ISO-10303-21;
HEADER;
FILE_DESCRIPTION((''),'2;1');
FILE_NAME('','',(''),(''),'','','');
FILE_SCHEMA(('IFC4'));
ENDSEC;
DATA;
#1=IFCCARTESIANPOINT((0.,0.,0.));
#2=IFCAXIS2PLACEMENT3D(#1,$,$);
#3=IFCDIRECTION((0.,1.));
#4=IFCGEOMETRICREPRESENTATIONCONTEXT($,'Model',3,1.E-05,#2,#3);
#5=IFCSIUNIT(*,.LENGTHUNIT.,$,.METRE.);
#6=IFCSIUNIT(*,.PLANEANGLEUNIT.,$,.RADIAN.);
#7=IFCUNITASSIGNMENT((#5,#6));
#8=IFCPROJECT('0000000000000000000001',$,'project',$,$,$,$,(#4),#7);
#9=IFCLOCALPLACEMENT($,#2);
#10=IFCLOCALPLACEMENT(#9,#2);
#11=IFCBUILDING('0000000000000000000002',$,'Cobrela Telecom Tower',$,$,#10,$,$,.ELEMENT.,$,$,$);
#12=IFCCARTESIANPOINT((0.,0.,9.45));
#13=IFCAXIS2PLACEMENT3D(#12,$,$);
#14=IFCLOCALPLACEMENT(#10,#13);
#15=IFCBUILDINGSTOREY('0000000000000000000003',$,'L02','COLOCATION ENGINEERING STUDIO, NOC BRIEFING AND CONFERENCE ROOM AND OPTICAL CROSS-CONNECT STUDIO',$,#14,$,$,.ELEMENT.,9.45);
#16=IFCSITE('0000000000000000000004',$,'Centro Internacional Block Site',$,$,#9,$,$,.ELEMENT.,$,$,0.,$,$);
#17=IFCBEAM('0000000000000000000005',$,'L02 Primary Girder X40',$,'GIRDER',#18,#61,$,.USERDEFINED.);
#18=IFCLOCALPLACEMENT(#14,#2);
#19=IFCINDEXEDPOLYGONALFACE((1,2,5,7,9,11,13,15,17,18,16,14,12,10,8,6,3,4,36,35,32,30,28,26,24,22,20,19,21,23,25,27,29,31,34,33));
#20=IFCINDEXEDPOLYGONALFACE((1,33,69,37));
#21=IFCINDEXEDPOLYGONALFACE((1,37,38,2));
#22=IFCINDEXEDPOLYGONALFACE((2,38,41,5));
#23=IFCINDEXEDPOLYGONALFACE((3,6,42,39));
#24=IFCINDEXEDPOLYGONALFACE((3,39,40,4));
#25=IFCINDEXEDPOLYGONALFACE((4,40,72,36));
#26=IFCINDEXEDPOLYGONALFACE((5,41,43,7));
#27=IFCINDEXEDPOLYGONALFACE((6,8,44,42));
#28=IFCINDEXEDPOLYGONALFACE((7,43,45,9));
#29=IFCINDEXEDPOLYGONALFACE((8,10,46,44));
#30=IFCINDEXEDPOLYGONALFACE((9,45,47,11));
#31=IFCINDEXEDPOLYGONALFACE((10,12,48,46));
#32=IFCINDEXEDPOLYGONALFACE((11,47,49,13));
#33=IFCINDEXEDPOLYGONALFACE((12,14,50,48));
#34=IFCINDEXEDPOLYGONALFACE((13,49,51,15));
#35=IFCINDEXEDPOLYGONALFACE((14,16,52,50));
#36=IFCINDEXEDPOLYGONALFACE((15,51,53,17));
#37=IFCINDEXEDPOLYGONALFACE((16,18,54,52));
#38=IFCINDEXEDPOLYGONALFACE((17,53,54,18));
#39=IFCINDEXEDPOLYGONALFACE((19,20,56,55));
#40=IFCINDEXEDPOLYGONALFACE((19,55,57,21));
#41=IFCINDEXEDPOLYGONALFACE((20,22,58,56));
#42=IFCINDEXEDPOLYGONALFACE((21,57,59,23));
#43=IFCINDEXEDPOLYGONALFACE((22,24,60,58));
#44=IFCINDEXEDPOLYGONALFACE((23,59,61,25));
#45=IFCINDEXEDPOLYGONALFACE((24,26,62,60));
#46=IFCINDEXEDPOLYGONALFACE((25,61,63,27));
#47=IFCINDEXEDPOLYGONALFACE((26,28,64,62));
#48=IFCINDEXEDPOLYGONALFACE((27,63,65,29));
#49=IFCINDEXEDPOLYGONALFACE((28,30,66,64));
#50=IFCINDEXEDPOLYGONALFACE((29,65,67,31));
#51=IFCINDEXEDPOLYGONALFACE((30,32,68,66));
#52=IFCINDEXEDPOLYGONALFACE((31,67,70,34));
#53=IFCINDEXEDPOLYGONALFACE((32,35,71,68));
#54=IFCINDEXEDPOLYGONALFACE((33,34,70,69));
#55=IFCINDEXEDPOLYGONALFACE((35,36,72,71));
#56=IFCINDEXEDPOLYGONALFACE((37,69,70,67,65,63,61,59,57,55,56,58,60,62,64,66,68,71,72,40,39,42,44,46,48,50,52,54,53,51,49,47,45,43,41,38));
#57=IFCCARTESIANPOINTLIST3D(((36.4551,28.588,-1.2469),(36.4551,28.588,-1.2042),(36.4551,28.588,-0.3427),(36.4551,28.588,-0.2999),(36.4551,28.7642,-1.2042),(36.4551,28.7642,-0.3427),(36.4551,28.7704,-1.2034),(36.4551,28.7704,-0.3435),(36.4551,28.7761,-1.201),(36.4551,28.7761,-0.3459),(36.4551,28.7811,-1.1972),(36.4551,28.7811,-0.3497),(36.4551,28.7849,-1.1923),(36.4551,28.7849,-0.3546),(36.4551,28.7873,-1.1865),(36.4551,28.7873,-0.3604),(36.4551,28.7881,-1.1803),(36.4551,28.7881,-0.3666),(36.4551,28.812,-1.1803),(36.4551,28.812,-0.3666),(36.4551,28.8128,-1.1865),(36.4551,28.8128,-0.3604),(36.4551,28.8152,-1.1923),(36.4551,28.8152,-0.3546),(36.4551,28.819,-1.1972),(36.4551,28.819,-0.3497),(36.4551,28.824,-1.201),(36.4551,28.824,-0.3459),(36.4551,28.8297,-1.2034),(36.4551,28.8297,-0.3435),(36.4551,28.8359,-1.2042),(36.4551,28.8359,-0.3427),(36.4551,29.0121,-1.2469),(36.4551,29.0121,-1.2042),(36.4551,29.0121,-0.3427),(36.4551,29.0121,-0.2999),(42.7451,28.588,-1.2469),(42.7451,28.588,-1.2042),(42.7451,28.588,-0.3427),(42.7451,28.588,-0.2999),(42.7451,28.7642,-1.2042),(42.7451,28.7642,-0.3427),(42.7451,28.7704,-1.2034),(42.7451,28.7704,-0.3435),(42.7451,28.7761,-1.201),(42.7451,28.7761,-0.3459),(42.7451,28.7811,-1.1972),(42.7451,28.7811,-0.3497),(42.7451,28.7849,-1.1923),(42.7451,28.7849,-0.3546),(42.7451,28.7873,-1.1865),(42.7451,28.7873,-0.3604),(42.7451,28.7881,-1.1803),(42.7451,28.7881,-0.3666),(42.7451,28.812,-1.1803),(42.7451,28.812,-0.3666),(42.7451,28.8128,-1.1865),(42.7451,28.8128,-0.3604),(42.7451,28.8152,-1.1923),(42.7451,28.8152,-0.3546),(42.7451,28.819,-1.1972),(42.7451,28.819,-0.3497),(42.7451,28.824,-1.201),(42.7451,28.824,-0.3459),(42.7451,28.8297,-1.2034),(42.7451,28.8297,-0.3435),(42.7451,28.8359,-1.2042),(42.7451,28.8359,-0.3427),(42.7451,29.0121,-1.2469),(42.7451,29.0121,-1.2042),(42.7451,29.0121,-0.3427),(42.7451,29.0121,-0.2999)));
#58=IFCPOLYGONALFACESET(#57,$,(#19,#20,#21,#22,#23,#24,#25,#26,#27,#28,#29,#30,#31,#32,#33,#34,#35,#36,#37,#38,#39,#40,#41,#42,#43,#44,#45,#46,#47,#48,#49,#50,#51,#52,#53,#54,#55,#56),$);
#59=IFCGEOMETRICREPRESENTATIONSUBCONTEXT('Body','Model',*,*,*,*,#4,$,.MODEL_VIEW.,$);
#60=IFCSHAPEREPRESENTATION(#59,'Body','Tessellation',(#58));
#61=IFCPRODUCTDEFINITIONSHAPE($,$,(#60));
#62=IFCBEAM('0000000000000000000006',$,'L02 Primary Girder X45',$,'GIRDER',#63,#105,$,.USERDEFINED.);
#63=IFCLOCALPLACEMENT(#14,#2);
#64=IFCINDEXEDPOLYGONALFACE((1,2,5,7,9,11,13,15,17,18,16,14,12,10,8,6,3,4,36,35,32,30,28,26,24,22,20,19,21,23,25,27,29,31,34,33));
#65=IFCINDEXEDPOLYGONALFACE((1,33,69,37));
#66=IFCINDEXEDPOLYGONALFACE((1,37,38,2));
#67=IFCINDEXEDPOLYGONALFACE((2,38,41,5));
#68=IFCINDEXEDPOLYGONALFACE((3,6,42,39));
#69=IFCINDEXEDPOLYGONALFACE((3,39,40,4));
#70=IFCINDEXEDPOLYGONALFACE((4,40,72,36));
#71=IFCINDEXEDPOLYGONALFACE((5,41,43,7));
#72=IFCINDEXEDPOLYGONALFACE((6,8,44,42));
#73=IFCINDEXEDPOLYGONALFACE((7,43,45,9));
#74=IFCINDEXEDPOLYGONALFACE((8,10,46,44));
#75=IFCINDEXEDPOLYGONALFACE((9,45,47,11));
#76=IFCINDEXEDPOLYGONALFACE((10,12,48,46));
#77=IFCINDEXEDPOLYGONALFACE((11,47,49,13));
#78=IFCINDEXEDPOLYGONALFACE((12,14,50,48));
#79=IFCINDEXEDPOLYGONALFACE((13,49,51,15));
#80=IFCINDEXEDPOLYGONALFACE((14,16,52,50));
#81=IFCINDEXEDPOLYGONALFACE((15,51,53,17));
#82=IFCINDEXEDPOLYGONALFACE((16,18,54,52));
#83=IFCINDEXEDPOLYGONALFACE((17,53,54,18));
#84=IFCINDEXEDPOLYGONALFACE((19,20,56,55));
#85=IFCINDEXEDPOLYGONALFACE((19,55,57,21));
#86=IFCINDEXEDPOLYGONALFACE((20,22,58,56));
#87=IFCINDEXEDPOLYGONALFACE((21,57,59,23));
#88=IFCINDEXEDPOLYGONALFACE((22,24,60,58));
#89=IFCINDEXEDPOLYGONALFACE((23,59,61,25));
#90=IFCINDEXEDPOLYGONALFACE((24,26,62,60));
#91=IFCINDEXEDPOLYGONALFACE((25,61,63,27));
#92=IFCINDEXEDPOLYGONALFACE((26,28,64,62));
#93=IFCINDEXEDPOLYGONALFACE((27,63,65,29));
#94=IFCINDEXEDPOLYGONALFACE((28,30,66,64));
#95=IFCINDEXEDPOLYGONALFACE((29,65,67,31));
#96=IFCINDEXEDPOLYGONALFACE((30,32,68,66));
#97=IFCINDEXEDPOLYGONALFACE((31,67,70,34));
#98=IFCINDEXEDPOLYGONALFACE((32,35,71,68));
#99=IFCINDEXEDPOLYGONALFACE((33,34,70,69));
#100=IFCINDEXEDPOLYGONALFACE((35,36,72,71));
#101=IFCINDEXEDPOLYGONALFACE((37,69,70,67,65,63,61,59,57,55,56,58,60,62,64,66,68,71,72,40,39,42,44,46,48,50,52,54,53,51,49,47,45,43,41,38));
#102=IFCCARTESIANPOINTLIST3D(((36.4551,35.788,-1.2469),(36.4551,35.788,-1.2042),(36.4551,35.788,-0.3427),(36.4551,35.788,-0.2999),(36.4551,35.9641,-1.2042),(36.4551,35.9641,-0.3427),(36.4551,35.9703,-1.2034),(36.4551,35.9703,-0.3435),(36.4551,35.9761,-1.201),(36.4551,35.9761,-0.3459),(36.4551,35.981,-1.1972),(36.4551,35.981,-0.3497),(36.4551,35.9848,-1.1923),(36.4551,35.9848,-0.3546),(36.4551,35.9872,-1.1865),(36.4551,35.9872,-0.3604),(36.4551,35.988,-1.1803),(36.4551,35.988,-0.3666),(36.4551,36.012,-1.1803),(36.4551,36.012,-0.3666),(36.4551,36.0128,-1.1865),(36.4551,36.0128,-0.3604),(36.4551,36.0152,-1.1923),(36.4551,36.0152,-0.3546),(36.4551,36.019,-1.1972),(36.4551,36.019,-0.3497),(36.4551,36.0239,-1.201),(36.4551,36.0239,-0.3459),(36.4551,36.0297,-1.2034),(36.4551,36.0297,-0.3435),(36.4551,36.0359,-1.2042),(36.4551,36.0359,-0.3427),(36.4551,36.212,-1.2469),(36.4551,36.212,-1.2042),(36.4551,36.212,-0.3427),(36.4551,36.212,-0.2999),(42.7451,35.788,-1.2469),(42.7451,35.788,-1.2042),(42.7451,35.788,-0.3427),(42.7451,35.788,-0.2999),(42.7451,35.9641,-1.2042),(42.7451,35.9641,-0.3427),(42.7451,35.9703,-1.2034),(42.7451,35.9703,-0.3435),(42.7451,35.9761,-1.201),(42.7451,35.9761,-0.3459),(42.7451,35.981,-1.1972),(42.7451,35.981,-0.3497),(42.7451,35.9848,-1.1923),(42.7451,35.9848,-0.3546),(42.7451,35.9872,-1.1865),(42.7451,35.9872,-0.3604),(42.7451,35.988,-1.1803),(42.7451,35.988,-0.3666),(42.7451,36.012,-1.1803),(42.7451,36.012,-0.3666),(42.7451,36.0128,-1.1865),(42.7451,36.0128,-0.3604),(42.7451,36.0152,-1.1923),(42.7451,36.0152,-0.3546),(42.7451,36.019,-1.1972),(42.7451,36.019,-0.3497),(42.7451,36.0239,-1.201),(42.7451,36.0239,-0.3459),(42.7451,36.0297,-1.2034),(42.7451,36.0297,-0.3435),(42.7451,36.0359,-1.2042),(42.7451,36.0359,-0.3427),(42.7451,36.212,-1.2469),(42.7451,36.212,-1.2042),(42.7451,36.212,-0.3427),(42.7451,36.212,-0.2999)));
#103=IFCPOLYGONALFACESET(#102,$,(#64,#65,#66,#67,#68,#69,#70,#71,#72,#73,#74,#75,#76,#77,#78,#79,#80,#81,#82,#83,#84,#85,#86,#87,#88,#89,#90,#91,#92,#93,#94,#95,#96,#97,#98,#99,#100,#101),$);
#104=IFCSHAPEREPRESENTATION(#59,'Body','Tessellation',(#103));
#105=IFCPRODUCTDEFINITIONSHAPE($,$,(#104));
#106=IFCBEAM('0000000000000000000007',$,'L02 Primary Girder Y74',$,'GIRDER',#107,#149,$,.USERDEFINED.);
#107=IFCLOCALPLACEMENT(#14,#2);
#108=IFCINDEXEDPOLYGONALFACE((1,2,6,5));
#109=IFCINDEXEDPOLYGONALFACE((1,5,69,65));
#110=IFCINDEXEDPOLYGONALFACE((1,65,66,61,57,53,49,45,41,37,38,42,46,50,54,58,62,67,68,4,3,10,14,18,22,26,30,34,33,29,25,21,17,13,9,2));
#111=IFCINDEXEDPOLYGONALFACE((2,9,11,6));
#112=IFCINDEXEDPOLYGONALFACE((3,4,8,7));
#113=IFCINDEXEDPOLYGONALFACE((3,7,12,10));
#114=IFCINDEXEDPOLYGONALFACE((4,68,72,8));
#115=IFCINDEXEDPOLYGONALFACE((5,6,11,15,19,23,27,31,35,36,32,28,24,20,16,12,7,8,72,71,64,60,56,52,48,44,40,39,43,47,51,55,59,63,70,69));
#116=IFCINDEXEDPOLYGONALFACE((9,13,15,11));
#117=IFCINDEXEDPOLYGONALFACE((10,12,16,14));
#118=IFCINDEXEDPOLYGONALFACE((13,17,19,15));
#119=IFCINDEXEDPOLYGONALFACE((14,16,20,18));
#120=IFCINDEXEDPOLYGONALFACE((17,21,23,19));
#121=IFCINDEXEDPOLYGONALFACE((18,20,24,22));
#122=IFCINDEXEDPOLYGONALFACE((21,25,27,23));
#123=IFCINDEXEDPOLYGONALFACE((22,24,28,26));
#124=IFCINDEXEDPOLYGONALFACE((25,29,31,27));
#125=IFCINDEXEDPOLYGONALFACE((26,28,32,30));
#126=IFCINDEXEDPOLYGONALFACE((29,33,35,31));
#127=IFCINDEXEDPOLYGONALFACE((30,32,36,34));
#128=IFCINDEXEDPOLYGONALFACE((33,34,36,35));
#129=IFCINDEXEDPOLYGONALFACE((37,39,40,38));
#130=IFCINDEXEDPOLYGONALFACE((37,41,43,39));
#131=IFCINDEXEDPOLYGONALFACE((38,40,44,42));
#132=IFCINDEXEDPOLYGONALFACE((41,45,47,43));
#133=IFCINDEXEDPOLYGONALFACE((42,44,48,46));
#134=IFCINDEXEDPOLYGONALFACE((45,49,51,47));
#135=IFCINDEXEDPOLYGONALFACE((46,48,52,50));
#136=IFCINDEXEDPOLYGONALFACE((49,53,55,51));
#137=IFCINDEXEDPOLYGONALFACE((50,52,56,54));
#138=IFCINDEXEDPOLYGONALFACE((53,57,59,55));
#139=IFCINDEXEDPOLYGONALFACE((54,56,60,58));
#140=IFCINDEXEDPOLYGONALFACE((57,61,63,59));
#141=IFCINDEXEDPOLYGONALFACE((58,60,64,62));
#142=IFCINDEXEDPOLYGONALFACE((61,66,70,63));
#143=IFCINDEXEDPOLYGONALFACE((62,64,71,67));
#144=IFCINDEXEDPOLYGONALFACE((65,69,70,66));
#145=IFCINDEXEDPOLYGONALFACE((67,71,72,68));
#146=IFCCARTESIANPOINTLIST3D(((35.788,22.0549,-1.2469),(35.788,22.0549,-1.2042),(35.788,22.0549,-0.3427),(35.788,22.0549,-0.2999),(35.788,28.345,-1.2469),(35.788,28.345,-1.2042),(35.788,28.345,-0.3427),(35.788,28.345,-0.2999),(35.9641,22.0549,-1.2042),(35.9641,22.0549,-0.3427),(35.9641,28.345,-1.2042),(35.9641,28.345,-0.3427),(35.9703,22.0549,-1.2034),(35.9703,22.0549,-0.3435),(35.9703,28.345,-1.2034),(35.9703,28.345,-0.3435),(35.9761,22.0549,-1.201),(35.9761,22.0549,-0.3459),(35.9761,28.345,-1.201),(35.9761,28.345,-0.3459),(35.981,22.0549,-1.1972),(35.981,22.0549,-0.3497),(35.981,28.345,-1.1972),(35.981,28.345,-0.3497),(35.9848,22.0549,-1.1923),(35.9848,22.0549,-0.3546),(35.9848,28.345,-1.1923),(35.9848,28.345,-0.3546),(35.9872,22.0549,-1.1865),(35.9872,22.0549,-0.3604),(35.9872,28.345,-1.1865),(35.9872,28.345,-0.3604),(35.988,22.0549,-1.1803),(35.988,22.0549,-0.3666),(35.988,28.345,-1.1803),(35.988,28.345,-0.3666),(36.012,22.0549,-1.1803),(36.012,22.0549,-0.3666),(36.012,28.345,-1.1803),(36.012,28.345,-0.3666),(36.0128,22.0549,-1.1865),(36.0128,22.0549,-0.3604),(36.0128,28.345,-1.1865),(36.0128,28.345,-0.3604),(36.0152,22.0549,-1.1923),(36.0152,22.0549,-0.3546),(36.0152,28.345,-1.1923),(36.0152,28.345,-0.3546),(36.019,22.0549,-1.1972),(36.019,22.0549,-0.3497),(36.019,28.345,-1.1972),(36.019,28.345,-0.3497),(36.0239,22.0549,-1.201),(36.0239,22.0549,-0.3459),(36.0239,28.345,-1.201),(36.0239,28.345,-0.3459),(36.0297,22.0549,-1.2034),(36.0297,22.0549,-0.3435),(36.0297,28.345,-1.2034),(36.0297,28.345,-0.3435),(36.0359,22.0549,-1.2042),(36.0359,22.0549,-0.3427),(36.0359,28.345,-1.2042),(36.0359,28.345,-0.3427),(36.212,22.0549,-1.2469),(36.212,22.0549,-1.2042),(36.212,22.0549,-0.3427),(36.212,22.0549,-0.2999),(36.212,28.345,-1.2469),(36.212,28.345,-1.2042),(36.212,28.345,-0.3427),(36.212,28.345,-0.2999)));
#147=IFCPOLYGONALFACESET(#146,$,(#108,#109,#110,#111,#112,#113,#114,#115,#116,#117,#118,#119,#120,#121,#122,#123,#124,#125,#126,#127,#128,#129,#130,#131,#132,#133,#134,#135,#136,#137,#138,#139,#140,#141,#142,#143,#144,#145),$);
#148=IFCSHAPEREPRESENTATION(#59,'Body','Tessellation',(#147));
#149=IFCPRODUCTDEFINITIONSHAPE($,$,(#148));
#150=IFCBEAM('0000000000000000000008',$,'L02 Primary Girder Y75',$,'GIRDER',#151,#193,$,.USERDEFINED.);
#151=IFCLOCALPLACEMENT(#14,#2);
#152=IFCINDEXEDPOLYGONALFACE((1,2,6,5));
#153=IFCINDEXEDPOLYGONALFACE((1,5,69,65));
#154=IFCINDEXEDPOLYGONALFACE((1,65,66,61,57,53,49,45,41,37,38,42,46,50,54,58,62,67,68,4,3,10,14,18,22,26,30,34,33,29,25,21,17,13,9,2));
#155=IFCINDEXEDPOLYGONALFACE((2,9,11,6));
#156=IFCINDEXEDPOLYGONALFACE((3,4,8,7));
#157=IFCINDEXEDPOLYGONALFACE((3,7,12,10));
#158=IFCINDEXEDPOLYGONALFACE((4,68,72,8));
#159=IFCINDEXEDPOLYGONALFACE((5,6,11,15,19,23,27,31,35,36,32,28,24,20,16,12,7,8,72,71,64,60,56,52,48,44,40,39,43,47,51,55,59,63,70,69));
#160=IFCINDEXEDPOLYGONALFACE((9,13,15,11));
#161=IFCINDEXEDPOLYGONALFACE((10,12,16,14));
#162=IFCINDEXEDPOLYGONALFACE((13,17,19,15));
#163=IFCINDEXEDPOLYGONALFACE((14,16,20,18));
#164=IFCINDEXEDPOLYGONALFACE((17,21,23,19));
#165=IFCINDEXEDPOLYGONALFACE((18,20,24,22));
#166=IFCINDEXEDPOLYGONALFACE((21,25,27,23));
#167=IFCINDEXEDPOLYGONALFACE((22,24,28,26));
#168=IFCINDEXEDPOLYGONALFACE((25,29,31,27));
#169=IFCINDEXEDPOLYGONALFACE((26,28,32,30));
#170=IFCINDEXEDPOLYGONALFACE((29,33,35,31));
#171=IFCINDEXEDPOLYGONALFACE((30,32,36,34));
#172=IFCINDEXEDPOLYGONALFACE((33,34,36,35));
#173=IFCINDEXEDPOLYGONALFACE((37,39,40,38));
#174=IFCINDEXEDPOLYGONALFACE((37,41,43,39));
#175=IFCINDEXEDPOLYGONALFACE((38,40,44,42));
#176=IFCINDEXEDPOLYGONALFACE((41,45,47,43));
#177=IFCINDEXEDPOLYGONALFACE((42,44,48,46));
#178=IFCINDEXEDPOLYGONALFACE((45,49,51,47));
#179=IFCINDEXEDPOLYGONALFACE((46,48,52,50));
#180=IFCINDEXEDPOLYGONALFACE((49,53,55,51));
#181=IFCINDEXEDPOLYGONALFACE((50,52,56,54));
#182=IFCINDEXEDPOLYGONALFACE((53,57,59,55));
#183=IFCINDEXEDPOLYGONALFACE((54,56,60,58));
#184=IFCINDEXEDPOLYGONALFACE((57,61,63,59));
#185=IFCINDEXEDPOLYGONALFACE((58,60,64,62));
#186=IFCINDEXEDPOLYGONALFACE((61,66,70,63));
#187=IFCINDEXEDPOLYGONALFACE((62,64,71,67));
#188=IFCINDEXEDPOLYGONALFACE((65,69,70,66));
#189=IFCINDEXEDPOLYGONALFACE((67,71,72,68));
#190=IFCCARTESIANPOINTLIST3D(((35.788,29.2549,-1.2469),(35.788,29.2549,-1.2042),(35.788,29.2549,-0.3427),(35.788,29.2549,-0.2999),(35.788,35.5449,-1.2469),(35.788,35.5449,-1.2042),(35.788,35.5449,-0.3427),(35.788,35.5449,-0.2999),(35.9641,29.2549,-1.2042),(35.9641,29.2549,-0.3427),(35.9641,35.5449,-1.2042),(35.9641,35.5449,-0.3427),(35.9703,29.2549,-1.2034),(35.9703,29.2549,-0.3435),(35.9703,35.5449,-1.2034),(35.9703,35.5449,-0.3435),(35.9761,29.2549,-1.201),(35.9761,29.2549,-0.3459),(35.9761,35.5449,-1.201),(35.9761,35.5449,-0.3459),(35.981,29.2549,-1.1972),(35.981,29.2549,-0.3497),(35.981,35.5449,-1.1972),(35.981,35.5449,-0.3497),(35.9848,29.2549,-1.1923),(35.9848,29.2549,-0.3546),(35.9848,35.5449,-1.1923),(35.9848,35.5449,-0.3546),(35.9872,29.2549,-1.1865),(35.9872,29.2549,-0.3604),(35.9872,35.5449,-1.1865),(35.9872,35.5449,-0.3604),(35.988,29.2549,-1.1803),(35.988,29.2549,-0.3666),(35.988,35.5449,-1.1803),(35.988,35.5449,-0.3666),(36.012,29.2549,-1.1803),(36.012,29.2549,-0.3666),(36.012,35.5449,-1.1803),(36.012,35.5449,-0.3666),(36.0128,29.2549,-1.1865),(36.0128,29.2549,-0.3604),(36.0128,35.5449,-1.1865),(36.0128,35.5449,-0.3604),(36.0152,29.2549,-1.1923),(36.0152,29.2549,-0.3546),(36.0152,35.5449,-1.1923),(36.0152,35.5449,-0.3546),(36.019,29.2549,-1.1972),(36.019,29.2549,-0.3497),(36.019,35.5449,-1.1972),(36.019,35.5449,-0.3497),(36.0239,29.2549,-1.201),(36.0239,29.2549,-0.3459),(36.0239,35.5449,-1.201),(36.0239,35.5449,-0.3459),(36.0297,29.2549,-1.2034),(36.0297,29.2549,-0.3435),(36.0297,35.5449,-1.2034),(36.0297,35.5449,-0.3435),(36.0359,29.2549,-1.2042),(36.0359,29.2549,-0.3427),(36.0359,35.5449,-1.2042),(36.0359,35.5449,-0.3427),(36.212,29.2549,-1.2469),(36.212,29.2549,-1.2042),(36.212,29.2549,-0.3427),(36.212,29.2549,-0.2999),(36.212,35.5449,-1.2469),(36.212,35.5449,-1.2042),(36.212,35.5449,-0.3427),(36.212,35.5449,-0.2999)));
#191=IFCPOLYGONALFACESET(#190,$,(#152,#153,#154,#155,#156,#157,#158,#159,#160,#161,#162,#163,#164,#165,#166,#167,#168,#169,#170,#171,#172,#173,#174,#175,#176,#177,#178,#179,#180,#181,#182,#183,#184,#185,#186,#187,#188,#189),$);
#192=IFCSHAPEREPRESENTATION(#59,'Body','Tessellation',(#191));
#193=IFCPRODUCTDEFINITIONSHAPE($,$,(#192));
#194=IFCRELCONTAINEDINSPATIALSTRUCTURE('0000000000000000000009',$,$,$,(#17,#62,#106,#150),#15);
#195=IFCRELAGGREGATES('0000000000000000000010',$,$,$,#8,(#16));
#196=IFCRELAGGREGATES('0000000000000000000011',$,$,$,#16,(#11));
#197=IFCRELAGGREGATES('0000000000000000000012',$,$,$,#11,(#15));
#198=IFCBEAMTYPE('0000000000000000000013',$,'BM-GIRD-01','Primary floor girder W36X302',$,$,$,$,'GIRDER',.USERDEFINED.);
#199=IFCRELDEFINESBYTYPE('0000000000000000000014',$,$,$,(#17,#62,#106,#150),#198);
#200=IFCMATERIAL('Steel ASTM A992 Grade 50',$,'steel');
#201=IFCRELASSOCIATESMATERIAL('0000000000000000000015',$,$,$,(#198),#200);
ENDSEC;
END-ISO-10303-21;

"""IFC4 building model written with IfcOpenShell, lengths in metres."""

from ifc_helpers import new_model, si_unit, direction, frame, origin, origin_2d, place, context, subcontext, project, spatial, i_section, extrude, material, material_profile, profile_set, type_object, element, save


model = new_model("IFC4")

# Units and contexts
model_context = context("Model", 3, precision=1e-05, world=origin(), true_north=direction((0.0, 1.0)))
body_context = subcontext(model_context, "Body", "Model", "MODEL_VIEW")
ifc_project = project(units=[si_unit("LENGTHUNIT", "METRE"), si_unit("PLANEANGLEUNIT", "RADIAN")], contexts=[model_context])

# Site, building, storey
site_placement = place(None, origin())
site = spatial("IfcSite", under=ifc_project, at=site_placement, Name="Centro Internacional Block Site", CompositionType="ELEMENT", RefElevation=0.0)
building_placement = place(site_placement, origin())
building = spatial("IfcBuilding", under=site, at=building_placement, Name="Cobrela Telecom Tower", CompositionType="ELEMENT")
storey_placement = place(building_placement, frame((0.0, 0.0, 9.45)))
storey = spatial("IfcBuildingStorey", under=building, at=storey_placement, Name="L02", Description="COLOCATION ENGINEERING STUDIO, NOC BRIEFING AND CONFERENCE ROOM AND OPTICAL CROSS-CONNECT STUDIO", CompositionType="ELEMENT", Elevation=9.45)

# Beams
ifc_material_1 = material(Name="Steel ASTM A992 Grade 50", Category="steel")
ifc_material_profile_1 = material_profile(ifc_material_1, i_section(OverallWidth=0.4241, OverallDepth=0.947, WebThickness=0.0239, FlangeThickness=0.0427, FilletRadius=0.0239, at=origin_2d()), Name="W36X302")
ifc_profile_set_1 = profile_set([ifc_material_profile_1], Name="Steel ASTM A992 Grade 50")
beam_type_1 = type_object("IfcBeamType", Name="BM-GIRD-01", Description="Primary floor girder W36X302", ElementType="GIRDER", PredefinedType="USERDEFINED", material=ifc_profile_set_1)
for number, where, z_axis, x_axis, name in (
    (1, (36.4551, 28.8, -0.7734), (1.0, 0.0, 0.0), (0.0, 1.0, 0.0), "L02 Primary Girder X40"),
    (2, (36.4551, 36.0, -0.7734), (1.0, 0.0, 0.0), (0.0, 1.0, 0.0), "L02 Primary Girder X45"),
    (3, (36.0, 22.0549, -0.7734), (0.0, 1.0, 0.0), (-1.0, 0.0, 0.0), "L02 Primary Girder Y74"),
    (4, (36.0, 29.2549, -0.7734), (0.0, 1.0, 0.0), (-1.0, 0.0, 0.0), "L02 Primary Girder Y75"),
):
    element("IfcBeam", number, at=place(storey_placement, frame(where, z_axis=z_axis, x_axis=x_axis)), inside=storey, type_object=beam_type_1, Name=name, ObjectType="GIRDER", PredefinedType="USERDEFINED", context=body_context, shape_type="SweptSolid", body=[
        extrude(i_section(OverallWidth=0.4241, OverallDepth=0.947, WebThickness=0.0239, FlangeThickness=0.0427, FilletRadius=0.0239, at=origin_2d()), origin(), (0.0, 0.0, 1.0), 6.29),
    ])

save(model, "model.ifc")
